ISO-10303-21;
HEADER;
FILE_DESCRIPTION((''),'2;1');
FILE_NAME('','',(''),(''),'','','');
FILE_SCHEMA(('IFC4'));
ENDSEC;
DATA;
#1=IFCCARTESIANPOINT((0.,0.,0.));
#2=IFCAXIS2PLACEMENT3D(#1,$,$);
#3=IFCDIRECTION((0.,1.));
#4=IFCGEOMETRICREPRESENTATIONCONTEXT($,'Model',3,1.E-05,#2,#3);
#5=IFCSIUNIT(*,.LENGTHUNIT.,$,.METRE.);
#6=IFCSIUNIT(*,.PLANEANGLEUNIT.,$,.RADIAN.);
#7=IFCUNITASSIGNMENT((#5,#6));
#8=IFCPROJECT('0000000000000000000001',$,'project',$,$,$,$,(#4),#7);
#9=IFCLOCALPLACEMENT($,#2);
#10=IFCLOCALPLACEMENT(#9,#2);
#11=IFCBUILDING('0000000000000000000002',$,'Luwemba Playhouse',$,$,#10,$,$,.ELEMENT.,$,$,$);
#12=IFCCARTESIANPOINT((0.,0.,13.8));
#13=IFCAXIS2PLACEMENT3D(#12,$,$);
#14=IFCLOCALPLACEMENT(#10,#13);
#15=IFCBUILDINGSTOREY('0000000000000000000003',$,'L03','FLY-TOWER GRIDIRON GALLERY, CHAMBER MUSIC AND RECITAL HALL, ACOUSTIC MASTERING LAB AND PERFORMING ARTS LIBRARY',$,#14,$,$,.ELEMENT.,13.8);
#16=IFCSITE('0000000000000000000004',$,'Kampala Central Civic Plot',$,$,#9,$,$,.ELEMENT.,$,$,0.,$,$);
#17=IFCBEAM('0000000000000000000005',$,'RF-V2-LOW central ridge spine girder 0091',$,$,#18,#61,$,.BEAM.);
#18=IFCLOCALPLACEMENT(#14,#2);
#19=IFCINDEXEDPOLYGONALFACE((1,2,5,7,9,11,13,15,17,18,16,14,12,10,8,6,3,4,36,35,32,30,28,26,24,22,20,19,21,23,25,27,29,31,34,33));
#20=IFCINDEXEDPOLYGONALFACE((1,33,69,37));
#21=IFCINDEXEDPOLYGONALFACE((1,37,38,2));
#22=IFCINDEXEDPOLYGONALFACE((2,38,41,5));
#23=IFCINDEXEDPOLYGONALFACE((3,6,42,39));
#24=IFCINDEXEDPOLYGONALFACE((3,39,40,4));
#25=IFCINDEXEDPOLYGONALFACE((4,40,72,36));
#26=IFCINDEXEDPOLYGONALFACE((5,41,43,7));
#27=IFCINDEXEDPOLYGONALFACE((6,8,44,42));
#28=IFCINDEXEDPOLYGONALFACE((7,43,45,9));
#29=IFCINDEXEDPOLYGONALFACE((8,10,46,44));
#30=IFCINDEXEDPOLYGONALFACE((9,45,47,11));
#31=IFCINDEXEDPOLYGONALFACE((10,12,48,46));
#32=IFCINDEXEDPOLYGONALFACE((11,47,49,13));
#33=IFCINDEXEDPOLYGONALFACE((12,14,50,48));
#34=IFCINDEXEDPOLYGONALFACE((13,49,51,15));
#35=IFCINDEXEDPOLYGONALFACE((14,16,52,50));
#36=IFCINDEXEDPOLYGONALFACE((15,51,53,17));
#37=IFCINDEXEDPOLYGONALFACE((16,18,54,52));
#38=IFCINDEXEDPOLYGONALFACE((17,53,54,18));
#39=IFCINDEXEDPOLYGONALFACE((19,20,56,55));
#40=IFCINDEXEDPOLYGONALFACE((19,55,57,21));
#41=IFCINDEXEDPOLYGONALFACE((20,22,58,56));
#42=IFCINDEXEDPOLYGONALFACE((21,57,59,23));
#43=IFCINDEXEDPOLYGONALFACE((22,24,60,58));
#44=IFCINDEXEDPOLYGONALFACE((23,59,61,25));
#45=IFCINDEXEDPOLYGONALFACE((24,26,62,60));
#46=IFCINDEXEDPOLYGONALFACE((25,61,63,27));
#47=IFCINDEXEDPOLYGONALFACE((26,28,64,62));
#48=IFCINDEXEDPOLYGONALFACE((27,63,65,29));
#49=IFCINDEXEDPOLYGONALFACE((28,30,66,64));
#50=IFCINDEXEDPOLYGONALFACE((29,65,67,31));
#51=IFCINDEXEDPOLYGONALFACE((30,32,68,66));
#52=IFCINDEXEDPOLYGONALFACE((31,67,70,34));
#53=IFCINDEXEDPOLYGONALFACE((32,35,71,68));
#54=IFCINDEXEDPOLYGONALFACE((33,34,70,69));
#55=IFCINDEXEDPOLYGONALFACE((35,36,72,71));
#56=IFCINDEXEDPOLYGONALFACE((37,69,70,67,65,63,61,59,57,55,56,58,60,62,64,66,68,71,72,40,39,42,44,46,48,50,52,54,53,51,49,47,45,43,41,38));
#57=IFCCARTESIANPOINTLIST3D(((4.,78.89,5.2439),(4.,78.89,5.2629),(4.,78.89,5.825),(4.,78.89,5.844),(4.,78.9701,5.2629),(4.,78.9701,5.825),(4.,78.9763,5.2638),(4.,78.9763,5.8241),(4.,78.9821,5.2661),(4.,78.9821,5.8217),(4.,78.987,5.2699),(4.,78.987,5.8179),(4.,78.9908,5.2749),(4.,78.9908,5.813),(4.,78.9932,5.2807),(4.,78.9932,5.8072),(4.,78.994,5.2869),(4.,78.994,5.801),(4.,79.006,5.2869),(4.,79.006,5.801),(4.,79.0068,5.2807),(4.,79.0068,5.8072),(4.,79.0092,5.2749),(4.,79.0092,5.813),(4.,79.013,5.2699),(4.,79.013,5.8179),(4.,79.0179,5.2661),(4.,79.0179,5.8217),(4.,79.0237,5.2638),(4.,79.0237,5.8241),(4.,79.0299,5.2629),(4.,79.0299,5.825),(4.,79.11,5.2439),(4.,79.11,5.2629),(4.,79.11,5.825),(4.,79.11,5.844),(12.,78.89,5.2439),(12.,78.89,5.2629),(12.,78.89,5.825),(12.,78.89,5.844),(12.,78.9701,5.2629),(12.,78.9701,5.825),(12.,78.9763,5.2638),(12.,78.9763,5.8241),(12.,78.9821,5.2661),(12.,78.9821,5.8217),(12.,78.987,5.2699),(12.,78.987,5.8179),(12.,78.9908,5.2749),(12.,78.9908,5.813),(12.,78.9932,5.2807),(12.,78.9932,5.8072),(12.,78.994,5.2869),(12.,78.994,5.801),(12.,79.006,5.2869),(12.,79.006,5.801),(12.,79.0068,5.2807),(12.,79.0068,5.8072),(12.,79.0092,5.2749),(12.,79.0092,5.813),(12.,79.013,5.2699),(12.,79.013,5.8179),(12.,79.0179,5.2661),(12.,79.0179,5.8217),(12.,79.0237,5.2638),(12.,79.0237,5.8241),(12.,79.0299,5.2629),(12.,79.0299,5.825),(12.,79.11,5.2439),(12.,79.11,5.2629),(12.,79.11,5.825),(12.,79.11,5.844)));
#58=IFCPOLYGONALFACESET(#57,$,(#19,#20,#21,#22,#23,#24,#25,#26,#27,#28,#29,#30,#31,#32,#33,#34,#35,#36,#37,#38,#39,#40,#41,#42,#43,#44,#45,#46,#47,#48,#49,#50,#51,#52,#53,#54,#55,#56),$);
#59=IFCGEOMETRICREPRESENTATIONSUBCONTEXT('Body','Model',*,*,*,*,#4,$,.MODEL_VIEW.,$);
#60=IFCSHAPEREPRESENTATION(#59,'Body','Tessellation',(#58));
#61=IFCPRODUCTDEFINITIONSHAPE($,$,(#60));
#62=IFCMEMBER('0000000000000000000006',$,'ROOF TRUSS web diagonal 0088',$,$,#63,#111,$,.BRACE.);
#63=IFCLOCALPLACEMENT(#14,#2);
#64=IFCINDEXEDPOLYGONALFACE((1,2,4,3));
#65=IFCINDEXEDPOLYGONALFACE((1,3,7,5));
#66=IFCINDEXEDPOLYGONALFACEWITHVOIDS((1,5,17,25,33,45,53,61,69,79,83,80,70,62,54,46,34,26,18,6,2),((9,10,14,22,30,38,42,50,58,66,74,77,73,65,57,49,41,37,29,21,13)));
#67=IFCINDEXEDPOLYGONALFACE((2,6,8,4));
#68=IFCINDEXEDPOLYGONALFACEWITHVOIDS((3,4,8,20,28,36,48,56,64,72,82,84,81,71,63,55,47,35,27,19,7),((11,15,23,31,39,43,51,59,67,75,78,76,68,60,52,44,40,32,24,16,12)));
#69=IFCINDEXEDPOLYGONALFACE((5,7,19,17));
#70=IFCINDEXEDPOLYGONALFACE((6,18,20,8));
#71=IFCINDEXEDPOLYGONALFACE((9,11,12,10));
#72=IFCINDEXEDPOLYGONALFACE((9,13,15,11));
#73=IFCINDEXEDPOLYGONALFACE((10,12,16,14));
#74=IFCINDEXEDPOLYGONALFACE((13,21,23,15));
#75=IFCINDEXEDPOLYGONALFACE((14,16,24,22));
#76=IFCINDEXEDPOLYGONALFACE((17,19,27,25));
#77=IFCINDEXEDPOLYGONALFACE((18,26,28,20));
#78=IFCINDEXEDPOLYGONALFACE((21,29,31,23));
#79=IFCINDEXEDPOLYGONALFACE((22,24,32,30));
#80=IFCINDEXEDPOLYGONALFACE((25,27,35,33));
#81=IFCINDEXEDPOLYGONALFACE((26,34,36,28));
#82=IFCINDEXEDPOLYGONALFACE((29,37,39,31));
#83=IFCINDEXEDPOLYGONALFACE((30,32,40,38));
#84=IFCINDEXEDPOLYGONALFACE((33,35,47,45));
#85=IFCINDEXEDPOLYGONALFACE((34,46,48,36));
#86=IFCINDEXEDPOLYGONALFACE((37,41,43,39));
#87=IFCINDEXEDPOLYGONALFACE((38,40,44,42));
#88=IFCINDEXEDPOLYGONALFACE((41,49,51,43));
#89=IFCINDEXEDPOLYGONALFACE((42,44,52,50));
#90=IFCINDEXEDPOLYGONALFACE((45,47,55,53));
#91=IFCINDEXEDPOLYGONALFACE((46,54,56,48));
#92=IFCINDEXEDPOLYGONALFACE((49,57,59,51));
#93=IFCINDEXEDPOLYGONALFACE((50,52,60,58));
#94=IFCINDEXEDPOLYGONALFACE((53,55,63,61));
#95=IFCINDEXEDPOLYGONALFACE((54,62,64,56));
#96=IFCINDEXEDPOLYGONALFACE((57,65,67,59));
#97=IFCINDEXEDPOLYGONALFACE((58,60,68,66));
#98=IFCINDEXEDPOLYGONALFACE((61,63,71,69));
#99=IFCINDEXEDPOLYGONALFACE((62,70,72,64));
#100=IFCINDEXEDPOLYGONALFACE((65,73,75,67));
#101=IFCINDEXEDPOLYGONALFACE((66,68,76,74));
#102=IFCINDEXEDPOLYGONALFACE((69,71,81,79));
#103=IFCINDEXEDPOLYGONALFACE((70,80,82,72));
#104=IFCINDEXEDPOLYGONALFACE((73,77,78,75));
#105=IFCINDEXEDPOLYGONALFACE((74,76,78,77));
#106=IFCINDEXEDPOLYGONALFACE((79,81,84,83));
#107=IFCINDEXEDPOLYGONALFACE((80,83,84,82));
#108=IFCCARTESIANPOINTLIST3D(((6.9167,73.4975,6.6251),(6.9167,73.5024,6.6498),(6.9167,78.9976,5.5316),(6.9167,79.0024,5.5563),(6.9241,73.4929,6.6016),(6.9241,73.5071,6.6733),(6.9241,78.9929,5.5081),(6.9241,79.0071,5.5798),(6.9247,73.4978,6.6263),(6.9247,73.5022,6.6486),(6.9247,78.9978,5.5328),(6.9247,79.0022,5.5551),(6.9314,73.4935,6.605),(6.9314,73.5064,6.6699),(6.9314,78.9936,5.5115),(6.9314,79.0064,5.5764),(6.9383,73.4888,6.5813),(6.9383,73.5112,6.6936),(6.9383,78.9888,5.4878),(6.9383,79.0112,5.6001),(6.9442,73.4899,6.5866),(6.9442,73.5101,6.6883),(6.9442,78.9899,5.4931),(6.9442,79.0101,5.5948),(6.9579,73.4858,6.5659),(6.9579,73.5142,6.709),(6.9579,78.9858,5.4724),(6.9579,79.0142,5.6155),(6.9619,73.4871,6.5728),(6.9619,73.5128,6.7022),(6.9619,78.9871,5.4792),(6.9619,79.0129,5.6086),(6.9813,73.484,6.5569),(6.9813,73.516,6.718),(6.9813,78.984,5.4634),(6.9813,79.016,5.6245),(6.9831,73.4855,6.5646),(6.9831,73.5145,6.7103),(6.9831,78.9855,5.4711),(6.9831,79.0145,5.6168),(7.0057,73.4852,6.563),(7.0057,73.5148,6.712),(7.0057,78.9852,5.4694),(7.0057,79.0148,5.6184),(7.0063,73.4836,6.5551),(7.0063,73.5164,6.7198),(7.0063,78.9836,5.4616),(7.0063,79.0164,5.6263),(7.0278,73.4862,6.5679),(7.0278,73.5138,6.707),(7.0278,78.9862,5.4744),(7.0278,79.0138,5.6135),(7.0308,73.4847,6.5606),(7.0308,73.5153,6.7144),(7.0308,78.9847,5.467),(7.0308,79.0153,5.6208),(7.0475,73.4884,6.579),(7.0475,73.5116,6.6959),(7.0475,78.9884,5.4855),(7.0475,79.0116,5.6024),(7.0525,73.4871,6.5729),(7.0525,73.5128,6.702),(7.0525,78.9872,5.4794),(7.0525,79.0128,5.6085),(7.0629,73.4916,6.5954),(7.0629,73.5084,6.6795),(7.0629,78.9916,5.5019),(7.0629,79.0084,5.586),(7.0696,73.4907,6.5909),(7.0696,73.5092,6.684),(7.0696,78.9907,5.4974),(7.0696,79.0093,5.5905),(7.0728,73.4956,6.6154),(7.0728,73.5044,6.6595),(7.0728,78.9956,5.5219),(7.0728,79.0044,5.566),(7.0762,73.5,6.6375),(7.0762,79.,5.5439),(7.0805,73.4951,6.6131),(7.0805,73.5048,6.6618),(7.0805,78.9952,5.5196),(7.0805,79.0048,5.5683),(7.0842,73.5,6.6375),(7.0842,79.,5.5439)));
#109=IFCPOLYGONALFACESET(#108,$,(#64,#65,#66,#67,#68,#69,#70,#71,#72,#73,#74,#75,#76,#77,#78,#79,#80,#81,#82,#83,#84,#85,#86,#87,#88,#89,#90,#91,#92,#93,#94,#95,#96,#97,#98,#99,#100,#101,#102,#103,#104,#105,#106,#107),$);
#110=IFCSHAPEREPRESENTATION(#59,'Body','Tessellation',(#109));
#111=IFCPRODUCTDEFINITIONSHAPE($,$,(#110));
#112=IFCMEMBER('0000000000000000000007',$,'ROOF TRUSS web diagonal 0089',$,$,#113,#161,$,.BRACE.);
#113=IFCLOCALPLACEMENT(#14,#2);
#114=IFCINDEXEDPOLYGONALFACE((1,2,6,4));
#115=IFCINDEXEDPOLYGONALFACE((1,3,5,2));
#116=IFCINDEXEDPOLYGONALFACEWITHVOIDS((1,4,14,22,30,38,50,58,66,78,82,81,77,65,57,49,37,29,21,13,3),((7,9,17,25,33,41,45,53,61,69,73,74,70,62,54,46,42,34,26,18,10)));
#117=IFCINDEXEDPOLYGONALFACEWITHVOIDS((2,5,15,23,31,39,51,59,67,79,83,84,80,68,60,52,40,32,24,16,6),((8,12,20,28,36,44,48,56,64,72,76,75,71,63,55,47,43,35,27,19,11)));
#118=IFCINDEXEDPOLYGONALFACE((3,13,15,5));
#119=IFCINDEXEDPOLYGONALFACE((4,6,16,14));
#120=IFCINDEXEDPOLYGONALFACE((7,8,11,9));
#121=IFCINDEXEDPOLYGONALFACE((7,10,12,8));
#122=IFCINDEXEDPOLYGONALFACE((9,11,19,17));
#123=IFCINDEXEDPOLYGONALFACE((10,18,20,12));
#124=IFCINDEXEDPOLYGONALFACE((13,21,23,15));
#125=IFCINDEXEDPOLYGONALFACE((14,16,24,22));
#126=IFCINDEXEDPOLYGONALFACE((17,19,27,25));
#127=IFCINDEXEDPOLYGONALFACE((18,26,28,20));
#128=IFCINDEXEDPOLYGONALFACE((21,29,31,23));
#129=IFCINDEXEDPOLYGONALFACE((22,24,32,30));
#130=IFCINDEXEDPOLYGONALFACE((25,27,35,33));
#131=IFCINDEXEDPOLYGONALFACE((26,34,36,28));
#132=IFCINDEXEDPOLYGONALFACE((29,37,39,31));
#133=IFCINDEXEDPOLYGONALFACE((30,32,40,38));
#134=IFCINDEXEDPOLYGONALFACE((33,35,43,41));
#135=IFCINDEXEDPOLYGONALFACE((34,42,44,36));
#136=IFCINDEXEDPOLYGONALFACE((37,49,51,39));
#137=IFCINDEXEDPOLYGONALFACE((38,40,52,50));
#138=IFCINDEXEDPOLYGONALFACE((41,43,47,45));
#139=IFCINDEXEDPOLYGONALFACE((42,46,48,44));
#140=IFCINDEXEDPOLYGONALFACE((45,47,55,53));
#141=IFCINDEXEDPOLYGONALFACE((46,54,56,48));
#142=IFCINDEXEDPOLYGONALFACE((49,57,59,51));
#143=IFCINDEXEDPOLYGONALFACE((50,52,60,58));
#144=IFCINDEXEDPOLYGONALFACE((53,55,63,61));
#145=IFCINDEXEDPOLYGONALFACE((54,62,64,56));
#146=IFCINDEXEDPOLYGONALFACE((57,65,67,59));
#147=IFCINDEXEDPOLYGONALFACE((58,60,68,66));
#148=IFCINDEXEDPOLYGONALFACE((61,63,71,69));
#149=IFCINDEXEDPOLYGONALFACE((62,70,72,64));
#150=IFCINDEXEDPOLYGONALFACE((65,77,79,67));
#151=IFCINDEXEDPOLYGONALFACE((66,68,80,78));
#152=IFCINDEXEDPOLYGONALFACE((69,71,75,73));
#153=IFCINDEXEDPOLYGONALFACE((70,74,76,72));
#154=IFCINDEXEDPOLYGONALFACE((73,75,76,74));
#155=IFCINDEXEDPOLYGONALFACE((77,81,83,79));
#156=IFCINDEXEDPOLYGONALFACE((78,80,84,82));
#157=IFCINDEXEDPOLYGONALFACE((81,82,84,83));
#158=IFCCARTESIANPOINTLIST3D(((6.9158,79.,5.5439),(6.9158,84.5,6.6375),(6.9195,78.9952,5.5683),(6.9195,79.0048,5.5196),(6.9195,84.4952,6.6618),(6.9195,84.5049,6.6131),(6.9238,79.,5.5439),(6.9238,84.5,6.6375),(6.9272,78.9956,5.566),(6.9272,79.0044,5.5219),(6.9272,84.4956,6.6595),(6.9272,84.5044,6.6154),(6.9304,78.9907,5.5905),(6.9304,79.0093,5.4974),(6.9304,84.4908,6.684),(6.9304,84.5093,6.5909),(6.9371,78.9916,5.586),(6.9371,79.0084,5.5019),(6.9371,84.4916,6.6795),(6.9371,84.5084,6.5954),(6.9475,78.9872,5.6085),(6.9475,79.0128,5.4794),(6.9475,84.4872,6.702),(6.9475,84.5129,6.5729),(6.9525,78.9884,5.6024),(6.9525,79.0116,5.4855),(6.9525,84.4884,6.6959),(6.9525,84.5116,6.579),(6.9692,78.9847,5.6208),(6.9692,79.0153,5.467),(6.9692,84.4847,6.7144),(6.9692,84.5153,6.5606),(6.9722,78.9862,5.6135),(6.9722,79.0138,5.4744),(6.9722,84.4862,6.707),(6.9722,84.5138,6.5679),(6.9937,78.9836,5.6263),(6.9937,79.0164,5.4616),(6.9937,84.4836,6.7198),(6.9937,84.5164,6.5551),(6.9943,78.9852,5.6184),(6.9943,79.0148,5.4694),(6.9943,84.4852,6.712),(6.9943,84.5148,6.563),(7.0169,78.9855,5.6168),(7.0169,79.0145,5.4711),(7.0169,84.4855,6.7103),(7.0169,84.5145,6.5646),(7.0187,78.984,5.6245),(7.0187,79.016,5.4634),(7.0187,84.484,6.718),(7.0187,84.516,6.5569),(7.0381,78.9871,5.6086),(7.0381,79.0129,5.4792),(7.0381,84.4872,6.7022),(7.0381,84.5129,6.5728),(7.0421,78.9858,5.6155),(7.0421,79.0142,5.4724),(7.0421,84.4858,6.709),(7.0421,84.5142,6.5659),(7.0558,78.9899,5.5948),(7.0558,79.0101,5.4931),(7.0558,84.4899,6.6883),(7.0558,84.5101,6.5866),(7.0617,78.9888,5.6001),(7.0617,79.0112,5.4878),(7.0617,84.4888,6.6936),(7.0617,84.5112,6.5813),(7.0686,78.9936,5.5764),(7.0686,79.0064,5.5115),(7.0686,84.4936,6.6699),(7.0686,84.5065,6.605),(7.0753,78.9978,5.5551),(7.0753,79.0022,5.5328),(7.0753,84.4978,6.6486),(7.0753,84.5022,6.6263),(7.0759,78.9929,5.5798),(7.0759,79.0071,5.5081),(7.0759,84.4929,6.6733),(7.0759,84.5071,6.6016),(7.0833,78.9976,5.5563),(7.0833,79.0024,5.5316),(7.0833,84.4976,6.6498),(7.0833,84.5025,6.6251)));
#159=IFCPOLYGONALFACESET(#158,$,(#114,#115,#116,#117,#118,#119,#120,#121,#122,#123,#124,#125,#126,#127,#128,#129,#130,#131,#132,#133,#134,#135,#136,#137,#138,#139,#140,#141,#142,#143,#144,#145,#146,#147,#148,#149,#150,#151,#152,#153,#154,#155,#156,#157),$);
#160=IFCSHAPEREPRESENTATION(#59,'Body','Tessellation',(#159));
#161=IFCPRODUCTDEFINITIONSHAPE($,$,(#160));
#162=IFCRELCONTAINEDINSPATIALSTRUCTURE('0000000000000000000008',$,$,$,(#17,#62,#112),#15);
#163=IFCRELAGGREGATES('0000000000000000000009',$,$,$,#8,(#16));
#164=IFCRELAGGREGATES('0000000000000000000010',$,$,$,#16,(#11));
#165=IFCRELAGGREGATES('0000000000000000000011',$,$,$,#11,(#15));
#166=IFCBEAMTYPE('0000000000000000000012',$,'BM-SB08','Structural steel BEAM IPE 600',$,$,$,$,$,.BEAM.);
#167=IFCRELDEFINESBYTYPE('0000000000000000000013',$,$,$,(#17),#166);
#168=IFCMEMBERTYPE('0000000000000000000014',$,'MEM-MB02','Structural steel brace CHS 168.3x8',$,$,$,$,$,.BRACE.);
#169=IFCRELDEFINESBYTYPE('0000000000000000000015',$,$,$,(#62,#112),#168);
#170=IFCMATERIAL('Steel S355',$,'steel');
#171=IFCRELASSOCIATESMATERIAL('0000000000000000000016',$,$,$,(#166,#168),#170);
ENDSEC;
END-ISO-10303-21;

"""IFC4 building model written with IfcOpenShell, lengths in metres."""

from ifc_helpers import new_model, si_unit, direction, frame, origin, origin_2d, place, context, subcontext, project, spatial, hollow_circle, i_section, extrude, material, material_profile, profile_set, type_object, element, save


model = new_model("IFC4")

# Units and contexts
model_context = context("Model", 3, precision=1e-05, world=origin(), true_north=direction((0.0, 1.0)))
body_context = subcontext(model_context, "Body", "Model", "MODEL_VIEW")
ifc_project = project(units=[si_unit("LENGTHUNIT", "METRE"), si_unit("PLANEANGLEUNIT", "RADIAN")], contexts=[model_context])

# Site, building, storey
site_placement = place(None, origin())
site = spatial("IfcSite", under=ifc_project, at=site_placement, Name="Kampala Central Civic Plot", CompositionType="ELEMENT", RefElevation=0.0)
building_placement = place(site_placement, origin())
building = spatial("IfcBuilding", under=site, at=building_placement, Name="Luwemba Playhouse", CompositionType="ELEMENT")
storey_placement = place(building_placement, frame((0.0, 0.0, 13.8)))
storey = spatial("IfcBuildingStorey", under=building, at=storey_placement, Name="L03", Description="FLY-TOWER GRIDIRON GALLERY, CHAMBER MUSIC AND RECITAL HALL, ACOUSTIC MASTERING LAB AND PERFORMING ARTS LIBRARY", CompositionType="ELEMENT", Elevation=13.8)

# Beam
ifc_material_1 = material(Name="Steel S355", Category="steel")
ifc_material_profile_1 = material_profile(ifc_material_1, i_section(OverallWidth=0.22, OverallDepth=0.6001, WebThickness=0.012, FlangeThickness=0.019, FilletRadius=0.0239, at=origin_2d()))
ifc_profile_set_1 = profile_set([ifc_material_profile_1], Name="Steel S355")
beam_type = type_object("IfcBeamType", Name="BM-SB08", Description="Structural steel BEAM IPE 600", PredefinedType="BEAM", material=ifc_profile_set_1)
beam_placement = place(storey_placement, frame((4.0, 79.0, 5.5439), z_axis=(1.0, 0.0, 0.0), x_axis=(0.0, 1.0, 0.0)))
element("IfcBeam", 1, at=beam_placement, inside=storey, type_object=beam_type, Name="RF-V2-LOW central ridge spine girder 0091", PredefinedType="BEAM", context=body_context, shape_type="SweptSolid", body=[
    extrude(i_section(OverallWidth=0.22, OverallDepth=0.6001, WebThickness=0.012, FlangeThickness=0.019, FilletRadius=0.0239, at=origin_2d()), origin(), (0.0, 0.0, 1.0), 8.0),
])

# Members
ifc_material_profile_2 = material_profile(ifc_material_1, hollow_circle(Radius=0.0842, WallThickness=0.0081, at=origin_2d()))
ifc_profile_set_2 = profile_set([ifc_material_profile_2], Name="Steel S355")
member_type_1 = type_object("IfcMemberType", Name="MEM-MB02", Description="Structural steel brace CHS 168.3x8", PredefinedType="BRACE", material=ifc_profile_set_2)
for number, where, z_axis, x_axis, name in (
    (2, (7.0, 79.0, 5.5439), (0.0, -0.980803, 0.195002), (1.0, 0.0, 0.0), "ROOF TRUSS web diagonal 0088"),
    (3, (7.0, 79.0, 5.5439), (0.0, 0.980803, 0.195002), (-1.0, 0.0, 0.0), "ROOF TRUSS web diagonal 0089"),
):
    element("IfcMember", number, at=place(storey_placement, frame(where, z_axis=z_axis, x_axis=x_axis)), inside=storey, type_object=member_type_1, Name=name, PredefinedType="BRACE", context=body_context, shape_type="SweptSolid", body=[
        extrude(hollow_circle(Radius=0.0842, WallThickness=0.0081, at=origin_2d()), origin(), (0.0, 0.0, 1.0), 5.6077),
    ])

save(model, "model.ifc")
